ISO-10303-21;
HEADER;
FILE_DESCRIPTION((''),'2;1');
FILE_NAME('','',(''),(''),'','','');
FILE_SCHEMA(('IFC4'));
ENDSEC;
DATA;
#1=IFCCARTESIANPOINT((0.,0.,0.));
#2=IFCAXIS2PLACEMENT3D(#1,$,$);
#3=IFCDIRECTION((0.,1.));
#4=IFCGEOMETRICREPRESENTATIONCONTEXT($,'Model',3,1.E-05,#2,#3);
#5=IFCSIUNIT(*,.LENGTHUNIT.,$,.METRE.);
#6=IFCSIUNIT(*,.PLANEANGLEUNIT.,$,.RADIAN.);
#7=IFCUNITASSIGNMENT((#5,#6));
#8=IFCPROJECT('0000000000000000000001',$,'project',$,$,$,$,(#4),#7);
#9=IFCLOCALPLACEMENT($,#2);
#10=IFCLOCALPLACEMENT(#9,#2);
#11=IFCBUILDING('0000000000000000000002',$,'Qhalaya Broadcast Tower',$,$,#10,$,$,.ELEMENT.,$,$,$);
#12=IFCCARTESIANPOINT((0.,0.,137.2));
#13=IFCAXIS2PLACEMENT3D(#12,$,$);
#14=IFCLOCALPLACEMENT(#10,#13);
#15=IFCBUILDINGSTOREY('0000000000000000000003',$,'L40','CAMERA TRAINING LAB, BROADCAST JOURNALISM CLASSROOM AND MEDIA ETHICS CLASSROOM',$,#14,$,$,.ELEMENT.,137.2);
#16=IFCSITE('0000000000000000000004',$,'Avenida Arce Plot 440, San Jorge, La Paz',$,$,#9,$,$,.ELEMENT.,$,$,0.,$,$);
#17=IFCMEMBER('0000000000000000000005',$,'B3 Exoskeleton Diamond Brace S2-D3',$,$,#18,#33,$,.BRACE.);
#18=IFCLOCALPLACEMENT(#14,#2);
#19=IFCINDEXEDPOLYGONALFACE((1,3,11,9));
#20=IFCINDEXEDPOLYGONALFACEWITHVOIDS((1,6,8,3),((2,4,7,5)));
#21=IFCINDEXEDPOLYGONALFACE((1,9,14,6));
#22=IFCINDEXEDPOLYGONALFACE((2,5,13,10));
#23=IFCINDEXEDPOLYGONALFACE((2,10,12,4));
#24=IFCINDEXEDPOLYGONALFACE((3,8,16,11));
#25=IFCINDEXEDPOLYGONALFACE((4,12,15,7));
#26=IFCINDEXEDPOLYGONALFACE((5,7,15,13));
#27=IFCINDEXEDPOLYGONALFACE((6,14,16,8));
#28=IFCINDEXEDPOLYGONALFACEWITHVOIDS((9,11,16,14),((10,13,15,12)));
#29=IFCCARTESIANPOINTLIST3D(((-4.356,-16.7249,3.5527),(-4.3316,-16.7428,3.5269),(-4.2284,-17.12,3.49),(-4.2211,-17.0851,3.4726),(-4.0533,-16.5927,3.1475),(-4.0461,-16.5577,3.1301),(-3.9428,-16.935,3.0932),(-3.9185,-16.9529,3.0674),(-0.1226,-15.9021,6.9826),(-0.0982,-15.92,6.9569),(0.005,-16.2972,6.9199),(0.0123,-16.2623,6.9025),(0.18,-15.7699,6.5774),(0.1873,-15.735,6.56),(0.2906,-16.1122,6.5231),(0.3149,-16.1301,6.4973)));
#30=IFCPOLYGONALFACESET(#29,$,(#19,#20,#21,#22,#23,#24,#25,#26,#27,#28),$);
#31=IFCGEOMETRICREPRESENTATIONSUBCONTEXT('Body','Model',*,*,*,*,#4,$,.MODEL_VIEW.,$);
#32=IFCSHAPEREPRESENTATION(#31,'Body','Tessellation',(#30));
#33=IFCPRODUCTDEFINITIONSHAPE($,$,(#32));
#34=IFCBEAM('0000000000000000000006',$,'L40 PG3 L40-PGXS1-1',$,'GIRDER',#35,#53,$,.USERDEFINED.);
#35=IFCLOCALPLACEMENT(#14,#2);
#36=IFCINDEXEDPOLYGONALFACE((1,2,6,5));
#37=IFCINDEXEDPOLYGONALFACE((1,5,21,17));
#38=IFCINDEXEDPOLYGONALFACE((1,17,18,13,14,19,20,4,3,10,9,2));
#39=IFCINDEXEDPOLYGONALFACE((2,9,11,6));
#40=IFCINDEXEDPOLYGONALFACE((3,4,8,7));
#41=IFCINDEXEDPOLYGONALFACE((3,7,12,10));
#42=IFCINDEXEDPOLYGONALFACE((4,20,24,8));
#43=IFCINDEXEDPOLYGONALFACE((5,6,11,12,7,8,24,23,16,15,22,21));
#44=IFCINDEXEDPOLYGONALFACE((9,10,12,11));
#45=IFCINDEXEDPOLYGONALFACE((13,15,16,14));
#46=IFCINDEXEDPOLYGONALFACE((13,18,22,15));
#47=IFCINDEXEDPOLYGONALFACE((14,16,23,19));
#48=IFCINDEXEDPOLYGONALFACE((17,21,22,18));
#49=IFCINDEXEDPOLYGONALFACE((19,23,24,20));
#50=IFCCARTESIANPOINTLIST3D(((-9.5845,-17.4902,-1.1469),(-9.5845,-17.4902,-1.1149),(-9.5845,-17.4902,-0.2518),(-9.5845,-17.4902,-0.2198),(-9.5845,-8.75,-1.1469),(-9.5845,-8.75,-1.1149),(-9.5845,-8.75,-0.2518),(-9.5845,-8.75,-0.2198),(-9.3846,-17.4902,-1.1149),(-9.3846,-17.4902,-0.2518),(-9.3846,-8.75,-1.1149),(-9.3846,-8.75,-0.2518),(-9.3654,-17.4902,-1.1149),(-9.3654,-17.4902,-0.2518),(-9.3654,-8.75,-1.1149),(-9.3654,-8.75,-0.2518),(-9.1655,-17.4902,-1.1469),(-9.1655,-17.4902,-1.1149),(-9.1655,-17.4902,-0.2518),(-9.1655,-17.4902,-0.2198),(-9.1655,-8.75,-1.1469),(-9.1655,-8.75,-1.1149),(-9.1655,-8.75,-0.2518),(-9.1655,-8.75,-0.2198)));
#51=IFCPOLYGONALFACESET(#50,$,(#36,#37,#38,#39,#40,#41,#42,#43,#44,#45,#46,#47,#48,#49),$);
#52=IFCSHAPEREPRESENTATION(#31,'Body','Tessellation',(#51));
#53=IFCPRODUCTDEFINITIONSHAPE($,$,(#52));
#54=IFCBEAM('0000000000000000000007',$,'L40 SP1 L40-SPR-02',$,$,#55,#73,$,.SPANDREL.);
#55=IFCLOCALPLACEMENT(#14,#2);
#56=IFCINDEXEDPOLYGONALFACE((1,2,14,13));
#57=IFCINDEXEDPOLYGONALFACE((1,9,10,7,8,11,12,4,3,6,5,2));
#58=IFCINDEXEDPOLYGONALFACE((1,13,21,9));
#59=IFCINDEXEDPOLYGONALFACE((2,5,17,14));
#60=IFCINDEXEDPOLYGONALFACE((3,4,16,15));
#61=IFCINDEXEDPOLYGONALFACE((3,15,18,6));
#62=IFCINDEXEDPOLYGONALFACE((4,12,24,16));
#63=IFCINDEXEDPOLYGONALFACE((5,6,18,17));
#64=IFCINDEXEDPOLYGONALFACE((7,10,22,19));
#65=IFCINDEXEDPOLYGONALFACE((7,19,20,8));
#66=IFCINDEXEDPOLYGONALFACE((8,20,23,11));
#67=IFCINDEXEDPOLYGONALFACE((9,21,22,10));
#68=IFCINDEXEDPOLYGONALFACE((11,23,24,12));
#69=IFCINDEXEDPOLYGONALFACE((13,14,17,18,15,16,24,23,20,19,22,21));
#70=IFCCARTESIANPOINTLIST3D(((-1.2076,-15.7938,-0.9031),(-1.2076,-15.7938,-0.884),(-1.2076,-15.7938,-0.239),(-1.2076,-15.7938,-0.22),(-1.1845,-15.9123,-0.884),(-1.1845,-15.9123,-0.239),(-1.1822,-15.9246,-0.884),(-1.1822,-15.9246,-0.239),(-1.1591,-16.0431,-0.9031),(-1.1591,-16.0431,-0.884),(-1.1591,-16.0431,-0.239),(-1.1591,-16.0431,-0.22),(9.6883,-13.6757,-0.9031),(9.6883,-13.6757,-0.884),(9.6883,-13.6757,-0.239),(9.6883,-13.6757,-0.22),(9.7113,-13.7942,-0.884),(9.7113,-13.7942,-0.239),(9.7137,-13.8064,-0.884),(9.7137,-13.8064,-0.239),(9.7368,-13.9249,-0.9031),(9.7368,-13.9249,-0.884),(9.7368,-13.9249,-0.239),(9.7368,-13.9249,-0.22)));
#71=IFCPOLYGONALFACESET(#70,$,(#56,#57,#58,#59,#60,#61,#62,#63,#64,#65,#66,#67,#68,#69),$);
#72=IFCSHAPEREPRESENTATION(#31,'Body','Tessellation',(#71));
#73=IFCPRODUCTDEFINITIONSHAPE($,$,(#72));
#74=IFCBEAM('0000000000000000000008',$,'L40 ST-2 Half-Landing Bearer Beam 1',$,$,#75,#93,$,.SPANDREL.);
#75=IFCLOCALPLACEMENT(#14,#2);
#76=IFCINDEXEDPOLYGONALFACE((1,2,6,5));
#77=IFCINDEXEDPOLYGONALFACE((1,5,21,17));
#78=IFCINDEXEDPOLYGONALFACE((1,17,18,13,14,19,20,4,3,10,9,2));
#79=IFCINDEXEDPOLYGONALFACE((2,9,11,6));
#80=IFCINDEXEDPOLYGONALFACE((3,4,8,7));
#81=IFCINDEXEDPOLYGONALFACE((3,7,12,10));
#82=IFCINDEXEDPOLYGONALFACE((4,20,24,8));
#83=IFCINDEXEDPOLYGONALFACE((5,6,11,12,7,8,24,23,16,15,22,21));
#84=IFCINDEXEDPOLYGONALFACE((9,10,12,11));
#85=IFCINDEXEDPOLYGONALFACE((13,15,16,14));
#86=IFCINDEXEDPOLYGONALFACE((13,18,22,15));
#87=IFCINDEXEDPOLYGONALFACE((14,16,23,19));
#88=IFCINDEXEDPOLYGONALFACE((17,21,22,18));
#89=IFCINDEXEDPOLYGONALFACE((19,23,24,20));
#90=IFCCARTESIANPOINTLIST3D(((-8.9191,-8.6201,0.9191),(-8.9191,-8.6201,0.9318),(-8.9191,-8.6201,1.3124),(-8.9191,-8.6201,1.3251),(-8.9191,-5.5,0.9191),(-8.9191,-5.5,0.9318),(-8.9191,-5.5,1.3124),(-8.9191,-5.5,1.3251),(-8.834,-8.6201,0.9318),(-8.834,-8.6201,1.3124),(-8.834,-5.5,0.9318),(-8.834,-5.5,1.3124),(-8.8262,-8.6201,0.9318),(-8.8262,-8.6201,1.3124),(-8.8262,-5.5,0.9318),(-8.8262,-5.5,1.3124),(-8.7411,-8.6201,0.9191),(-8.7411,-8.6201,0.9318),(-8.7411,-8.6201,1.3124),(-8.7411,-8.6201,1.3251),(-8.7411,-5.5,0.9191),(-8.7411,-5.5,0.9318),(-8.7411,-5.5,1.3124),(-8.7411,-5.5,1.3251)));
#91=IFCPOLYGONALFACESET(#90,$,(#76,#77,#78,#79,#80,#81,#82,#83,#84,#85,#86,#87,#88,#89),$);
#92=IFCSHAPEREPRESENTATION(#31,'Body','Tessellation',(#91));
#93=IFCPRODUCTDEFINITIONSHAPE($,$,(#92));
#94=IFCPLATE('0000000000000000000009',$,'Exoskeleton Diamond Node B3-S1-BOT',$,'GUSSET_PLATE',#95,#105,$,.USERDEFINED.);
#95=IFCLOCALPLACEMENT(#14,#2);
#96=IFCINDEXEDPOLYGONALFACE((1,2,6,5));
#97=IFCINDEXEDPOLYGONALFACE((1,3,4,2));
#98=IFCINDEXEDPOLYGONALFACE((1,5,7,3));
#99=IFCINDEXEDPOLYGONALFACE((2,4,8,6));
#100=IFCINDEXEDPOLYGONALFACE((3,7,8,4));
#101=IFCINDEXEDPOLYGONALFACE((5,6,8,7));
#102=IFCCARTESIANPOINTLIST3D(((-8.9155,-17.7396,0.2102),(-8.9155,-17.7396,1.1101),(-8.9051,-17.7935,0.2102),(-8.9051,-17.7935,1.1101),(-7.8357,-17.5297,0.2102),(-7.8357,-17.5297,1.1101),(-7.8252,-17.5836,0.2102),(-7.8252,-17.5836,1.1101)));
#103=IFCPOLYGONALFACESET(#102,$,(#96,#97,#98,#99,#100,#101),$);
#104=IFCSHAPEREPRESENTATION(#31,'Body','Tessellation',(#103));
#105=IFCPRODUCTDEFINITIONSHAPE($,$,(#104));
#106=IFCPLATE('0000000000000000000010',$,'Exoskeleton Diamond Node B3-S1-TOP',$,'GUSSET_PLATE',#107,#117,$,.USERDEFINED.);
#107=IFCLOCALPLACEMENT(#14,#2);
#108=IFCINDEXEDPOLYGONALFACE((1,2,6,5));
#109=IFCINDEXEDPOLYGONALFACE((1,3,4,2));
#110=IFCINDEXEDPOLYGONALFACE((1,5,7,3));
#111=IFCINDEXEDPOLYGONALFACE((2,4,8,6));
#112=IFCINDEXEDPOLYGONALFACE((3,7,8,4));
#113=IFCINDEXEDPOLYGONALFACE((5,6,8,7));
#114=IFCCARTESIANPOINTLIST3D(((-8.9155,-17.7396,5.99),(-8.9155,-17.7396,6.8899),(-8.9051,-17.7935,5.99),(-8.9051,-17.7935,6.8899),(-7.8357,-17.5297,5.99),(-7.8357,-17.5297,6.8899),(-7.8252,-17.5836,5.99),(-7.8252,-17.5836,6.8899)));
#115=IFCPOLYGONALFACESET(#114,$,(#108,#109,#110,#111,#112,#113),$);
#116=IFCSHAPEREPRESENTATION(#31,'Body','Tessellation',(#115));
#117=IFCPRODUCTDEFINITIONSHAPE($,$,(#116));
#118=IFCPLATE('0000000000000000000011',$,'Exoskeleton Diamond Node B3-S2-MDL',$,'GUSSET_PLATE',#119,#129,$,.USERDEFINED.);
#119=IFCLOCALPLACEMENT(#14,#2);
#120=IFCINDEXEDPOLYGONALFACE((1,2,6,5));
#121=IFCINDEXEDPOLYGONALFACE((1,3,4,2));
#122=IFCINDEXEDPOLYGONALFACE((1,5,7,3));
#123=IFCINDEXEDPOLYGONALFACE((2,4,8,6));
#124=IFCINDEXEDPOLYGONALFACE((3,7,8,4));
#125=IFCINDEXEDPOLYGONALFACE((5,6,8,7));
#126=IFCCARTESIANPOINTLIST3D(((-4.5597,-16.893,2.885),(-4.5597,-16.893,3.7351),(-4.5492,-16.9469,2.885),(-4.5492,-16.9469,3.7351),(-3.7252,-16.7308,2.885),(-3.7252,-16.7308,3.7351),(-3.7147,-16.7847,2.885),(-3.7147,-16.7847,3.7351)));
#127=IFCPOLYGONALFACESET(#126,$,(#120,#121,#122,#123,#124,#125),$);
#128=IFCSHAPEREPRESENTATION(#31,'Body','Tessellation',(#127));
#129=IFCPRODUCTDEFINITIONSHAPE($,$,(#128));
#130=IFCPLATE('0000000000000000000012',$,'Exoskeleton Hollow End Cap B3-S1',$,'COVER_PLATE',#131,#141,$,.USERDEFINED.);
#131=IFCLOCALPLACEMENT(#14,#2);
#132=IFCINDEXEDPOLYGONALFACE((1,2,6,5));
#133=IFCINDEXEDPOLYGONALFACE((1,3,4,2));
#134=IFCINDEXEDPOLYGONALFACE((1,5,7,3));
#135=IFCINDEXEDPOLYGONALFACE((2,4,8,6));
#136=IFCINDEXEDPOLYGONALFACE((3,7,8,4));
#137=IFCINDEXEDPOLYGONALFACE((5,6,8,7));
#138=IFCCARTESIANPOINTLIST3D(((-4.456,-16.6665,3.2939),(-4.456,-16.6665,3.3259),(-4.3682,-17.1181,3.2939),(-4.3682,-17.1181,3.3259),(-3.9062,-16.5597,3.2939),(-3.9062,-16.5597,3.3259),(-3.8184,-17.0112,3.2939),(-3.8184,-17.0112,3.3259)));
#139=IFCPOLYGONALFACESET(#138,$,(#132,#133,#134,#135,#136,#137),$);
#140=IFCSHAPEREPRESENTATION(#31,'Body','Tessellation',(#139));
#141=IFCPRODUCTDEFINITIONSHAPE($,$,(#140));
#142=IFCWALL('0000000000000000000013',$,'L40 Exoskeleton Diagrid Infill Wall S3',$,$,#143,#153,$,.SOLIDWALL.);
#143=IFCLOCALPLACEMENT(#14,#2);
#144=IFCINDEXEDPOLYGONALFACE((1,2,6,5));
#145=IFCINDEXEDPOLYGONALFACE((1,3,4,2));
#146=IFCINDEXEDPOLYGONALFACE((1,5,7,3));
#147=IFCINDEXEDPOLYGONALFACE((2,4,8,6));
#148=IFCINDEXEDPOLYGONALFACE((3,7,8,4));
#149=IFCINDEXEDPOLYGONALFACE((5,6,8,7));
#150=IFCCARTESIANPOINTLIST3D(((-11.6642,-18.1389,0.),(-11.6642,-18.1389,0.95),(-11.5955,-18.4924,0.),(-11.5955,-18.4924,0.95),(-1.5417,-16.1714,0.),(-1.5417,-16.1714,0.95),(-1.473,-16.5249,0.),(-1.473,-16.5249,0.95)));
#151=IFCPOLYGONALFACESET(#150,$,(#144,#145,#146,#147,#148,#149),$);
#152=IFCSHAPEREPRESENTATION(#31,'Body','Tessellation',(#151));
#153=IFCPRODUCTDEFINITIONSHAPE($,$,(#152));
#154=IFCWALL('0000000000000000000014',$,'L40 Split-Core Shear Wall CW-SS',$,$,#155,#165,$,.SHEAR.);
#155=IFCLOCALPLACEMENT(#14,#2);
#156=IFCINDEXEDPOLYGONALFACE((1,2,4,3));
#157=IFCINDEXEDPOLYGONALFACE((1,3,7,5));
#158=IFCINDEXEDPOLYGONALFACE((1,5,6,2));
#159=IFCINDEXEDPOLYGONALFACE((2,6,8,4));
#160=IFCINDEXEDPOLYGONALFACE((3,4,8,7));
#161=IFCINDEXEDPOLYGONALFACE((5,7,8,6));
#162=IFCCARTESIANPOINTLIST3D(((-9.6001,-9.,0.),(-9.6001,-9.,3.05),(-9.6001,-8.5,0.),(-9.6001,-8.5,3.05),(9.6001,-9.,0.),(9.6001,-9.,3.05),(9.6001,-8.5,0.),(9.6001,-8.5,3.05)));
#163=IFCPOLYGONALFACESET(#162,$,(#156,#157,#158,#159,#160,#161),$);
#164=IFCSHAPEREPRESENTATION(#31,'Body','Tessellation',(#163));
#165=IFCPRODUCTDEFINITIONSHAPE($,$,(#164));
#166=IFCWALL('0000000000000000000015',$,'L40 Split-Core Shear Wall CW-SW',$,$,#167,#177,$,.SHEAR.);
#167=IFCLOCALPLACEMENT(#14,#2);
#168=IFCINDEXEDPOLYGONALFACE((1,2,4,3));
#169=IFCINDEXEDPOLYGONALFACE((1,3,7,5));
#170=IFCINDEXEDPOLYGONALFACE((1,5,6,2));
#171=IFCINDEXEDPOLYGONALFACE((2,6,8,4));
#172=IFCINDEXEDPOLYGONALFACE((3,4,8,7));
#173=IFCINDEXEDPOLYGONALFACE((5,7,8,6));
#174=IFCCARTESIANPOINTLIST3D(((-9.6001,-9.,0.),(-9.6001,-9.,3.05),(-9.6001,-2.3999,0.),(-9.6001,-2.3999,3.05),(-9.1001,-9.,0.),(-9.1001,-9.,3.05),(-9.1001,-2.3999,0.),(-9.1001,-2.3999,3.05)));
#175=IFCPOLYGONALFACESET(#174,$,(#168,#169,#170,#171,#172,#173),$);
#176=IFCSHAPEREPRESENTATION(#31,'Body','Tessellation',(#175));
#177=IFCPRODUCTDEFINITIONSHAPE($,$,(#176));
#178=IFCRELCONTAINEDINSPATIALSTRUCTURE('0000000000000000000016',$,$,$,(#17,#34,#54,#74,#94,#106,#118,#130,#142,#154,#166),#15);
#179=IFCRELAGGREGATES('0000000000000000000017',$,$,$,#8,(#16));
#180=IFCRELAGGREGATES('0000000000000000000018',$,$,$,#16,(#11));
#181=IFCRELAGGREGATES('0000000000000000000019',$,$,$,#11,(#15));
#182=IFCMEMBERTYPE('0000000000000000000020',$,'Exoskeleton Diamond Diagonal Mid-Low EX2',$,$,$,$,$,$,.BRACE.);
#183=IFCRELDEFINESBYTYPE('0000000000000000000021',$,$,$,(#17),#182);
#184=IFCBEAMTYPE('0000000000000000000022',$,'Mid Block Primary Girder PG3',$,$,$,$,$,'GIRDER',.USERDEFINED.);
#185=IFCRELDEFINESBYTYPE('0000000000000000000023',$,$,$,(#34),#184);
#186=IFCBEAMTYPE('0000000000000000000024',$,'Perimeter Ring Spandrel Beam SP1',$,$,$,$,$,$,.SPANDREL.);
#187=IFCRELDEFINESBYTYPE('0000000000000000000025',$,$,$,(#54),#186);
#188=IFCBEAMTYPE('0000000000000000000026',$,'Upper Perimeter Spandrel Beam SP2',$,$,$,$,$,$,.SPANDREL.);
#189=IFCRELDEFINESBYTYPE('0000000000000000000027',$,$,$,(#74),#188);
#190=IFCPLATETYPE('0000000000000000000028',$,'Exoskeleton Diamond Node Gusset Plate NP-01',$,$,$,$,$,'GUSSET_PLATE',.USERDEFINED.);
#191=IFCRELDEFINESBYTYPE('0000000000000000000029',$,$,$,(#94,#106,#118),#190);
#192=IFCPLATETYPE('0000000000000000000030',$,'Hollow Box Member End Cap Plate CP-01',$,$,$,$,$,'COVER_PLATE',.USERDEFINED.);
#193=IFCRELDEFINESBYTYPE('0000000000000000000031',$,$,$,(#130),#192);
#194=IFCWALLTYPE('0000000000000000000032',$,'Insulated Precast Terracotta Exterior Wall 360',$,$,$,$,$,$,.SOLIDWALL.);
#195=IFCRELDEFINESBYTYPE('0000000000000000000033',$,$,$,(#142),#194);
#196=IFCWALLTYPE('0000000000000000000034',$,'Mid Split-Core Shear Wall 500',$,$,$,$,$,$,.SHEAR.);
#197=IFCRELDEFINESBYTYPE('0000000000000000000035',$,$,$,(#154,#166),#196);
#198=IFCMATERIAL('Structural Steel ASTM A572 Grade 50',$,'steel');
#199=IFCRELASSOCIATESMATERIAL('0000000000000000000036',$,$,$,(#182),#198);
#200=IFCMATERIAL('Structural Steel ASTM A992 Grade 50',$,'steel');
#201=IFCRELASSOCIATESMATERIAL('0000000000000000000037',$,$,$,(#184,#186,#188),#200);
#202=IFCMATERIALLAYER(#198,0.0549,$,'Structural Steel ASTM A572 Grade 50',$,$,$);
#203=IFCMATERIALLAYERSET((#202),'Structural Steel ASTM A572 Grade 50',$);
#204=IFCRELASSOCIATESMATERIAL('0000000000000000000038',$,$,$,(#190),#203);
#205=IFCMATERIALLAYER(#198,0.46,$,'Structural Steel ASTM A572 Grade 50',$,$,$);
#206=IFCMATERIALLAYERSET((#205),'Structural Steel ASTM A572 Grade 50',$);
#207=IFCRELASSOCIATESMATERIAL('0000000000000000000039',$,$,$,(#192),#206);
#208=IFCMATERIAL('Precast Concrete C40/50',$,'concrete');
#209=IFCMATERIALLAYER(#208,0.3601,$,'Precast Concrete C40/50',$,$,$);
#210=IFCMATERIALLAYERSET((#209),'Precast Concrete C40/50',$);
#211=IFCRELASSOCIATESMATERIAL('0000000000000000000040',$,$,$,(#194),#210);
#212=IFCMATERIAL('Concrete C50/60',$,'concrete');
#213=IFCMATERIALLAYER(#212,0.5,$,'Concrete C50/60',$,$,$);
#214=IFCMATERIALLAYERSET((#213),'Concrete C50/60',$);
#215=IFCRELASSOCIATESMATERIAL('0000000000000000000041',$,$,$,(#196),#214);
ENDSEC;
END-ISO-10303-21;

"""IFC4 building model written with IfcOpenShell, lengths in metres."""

from ifc_helpers import new_model, si_unit, direction, frame, frame_2d, origin, origin_2d, place, context, subcontext, project, spatial, rectangle, hollow_rectangle, i_section, extrude, material, layer, layer_set, material_profile, profile_set, type_object, element, save


model = new_model("IFC4")

# Units and contexts
model_context = context("Model", 3, precision=1e-05, world=origin(), true_north=direction((0.0, 1.0)))
body_context = subcontext(model_context, "Body", "Model", "MODEL_VIEW")
ifc_project = project(units=[si_unit("LENGTHUNIT", "METRE"), si_unit("PLANEANGLEUNIT", "RADIAN")], contexts=[model_context])

# Site, building, storey
site_placement = place(None, origin())
site = spatial("IfcSite", under=ifc_project, at=site_placement, Name="Avenida Arce Plot 440, San Jorge, La Paz", CompositionType="ELEMENT", RefElevation=0.0)
building_placement = place(site_placement, origin())
building = spatial("IfcBuilding", under=site, at=building_placement, Name="Qhalaya Broadcast Tower", CompositionType="ELEMENT")
storey_placement = place(building_placement, frame((0.0, 0.0, 137.2)))
storey = spatial("IfcBuildingStorey", under=building, at=storey_placement, Name="L40", Description="CAMERA TRAINING LAB, BROADCAST JOURNALISM CLASSROOM AND MEDIA ETHICS CLASSROOM", CompositionType="ELEMENT", Elevation=137.2)

# Shared definitions
ifc_material_1 = material(Name="Concrete C50/60", Category="concrete")
ifc_material_2 = material(Name="Structural Steel ASTM A572 Grade 50", Category="steel")

# Shared definitions
ifc_material_3 = material(Name="Structural Steel ASTM A992 Grade 50", Category="steel")

# Member
ifc_material_profile_1 = material_profile(ifc_material_2, hollow_rectangle(XDim=0.4199, YDim=0.55, WallThickness=0.0281, at=origin_2d()), Name="BOX 420x550x28")
ifc_profile_set_1 = profile_set([ifc_material_profile_1], Name="Structural Steel ASTM A572 Grade 50")
member_type = type_object("IfcMemberType", Name="Exoskeleton Diamond Diagonal Mid-Low EX2", PredefinedType="BRACE", material=ifc_profile_set_1)
member_1_placement = place(storey_placement, frame((-4.1372, -16.8389, 3.3101), z_axis=(0.768275, 0.149313, 0.622462), x_axis=(-0.303864, 0.940939, 0.149337)))
element("IfcMember", 1, at=member_1_placement, inside=storey, type_object=member_type, Name="B3 Exoskeleton Diamond Brace S2-D3", PredefinedType="BRACE", context=body_context, shape_type="SweptSolid", body=[
    extrude(hollow_rectangle(XDim=0.4199, YDim=0.55, WallThickness=0.0281, at=origin_2d()), origin(), (0.0, 0.0, 1.0), 5.5103),
])

# Beams
ifc_material_profile_2 = material_profile(ifc_material_3, i_section(OverallWidth=0.4189, OverallDepth=0.927, WebThickness=0.0193, FlangeThickness=0.032, at=origin_2d()), Name="W36X231")
ifc_profile_set_2 = profile_set([ifc_material_profile_2], Name="Structural Steel ASTM A992 Grade 50")
beam_type_1 = type_object("IfcBeamType", Name="Mid Block Primary Girder PG3", ElementType="GIRDER", PredefinedType="USERDEFINED", material=ifc_profile_set_2)
beam_1_placement = place(storey_placement, frame((-9.375, -17.4902, -0.6833), z_axis=(0.0, 1.0, 0.0), x_axis=(-1.0, 0.0, 0.0)))
element("IfcBeam", 2, at=beam_1_placement, inside=storey, type_object=beam_type_1, Name="L40 PG3 L40-PGXS1-1", ObjectType="GIRDER", PredefinedType="USERDEFINED", context=body_context, shape_type="SweptSolid", body=[
    extrude(i_section(OverallWidth=0.4189, OverallDepth=0.927, WebThickness=0.0193, FlangeThickness=0.032, at=origin_2d()), origin(), (0.0, 0.0, 1.0), 8.7402),
])
ifc_material_profile_3 = material_profile(ifc_material_3, i_section(OverallWidth=0.2539, OverallDepth=0.6831, WebThickness=0.0125, FlangeThickness=0.019, at=origin_2d()), Name="W27X94")
ifc_profile_set_3 = profile_set([ifc_material_profile_3], Name="Structural Steel ASTM A992 Grade 50")
beam_type_2 = type_object("IfcBeamType", Name="Perimeter Ring Spandrel Beam SP1", PredefinedType="SPANDREL", material=ifc_profile_set_3)
beam_2_placement = place(storey_placement, frame((-1.1833, -15.9185, -0.5615), z_axis=(0.981624, 0.190826, 0.0), x_axis=(-0.190826, 0.981624, 0.0)))
element("IfcBeam", 3, at=beam_2_placement, inside=storey, type_object=beam_type_2, Name="L40 SP1 L40-SPR-02", PredefinedType="SPANDREL", context=body_context, shape_type="SweptSolid", body=[
    extrude(i_section(OverallWidth=0.2539, OverallDepth=0.6831, WebThickness=0.0125, FlangeThickness=0.019, at=origin_2d()), origin(), (0.0, 0.0, 1.0), 11.0999),
])
ifc_material_profile_4 = material_profile(ifc_material_3, i_section(OverallWidth=0.178, OverallDepth=0.406, WebThickness=0.0078, FlangeThickness=0.0127, at=origin_2d()), Name="W16X40")
ifc_profile_set_4 = profile_set([ifc_material_profile_4], Name="Structural Steel ASTM A992 Grade 50")
beam_type_3 = type_object("IfcBeamType", Name="Upper Perimeter Spandrel Beam SP2", PredefinedType="SPANDREL", material=ifc_profile_set_4)
beam_3_placement = place(storey_placement, frame((-8.8301, -8.6201, 1.1221), z_axis=(0.0, 1.0, 0.0), x_axis=(-1.0, 0.0, 0.0)))
element("IfcBeam", 4, at=beam_3_placement, inside=storey, type_object=beam_type_3, Name="L40 ST-2 Half-Landing Bearer Beam 1", PredefinedType="SPANDREL", context=body_context, shape_type="SweptSolid", body=[
    extrude(i_section(OverallWidth=0.178, OverallDepth=0.406, WebThickness=0.0078, FlangeThickness=0.0127, at=origin_2d()), origin(), (0.0, 0.0, 1.0), 3.1201),
])

# Plates
ifc_layer_1 = layer(ifc_material_2, 0.0549, Name="Structural Steel ASTM A572 Grade 50")
ifc_layer_set_1 = layer_set([ifc_layer_1], Name="Structural Steel ASTM A572 Grade 50")
plate_type_1 = type_object("IfcPlateType", Name="Exoskeleton Diamond Node Gusset Plate NP-01", ElementType="GUSSET_PLATE", PredefinedType="USERDEFINED", material=ifc_layer_set_1)
for number, where, z_axis, x_axis, name in (
    (5, (-8.3704, -17.6616, 0.2102), (0.0, 0.0, 1.0), (0.981627, 0.190809, 0.0), "Exoskeleton Diamond Node B3-S1-BOT"),
    (6, (-8.3704, -17.6616, 5.99), (0.0, 0.0, 1.0), (0.981627, 0.190809, 0.0), "Exoskeleton Diamond Node B3-S1-TOP"),
):
    element("IfcPlate", number, at=place(storey_placement, frame(where, z_axis=z_axis, x_axis=x_axis)), inside=storey, type_object=plate_type_1, Name=name, ObjectType="GUSSET_PLATE", PredefinedType="USERDEFINED", context=body_context, shape_type="SweptSolid", body=[
        extrude(rectangle(XDim=1.1001, YDim=0.0549, at=origin_2d()), origin(), (0.0, 0.0, 1.0), 0.8999),
    ])
plate_1_placement = place(storey_placement, frame((-4.1372, -16.8389, 2.885), z_axis=(0.0, 0.0, 1.0), x_axis=(0.981627, 0.190809, 0.0)))
element("IfcPlate", 7, at=plate_1_placement, inside=storey, type_object=plate_type_1, Name="Exoskeleton Diamond Node B3-S2-MDL", ObjectType="GUSSET_PLATE", PredefinedType="USERDEFINED", context=body_context, shape_type="SweptSolid", body=[
    extrude(rectangle(XDim=0.8501, YDim=0.0549, at=origin_2d()), origin(), (0.0, 0.0, 1.0), 0.8501),
])
ifc_layer_2 = layer(ifc_material_2, 0.46, Name="Structural Steel ASTM A572 Grade 50")
ifc_layer_set_2 = layer_set([ifc_layer_2], Name="Structural Steel ASTM A572 Grade 50")
plate_type_2 = type_object("IfcPlateType", Name="Hollow Box Member End Cap Plate CP-01", ElementType="COVER_PLATE", PredefinedType="USERDEFINED", material=ifc_layer_set_2)
plate_2_placement = place(storey_placement, frame((-4.1372, -16.8389, 3.2939), z_axis=(0.0, 0.0, 1.0), x_axis=(0.981627, 0.190809, 0.0)))
element("IfcPlate", 8, at=plate_2_placement, inside=storey, type_object=plate_type_2, Name="Exoskeleton Hollow End Cap B3-S1", ObjectType="COVER_PLATE", PredefinedType="USERDEFINED", context=body_context, shape_type="SweptSolid", body=[
    extrude(rectangle(XDim=0.5601, YDim=0.46, at=origin_2d()), origin(), (0.0, 0.0, 1.0), 0.032),
])

# Walls
ifc_material_4 = material(Name="Precast Concrete C40/50", Category="concrete")
ifc_layer_3 = layer(ifc_material_4, 0.3601, Name="Precast Concrete C40/50")
ifc_layer_set_3 = layer_set([ifc_layer_3], Name="Precast Concrete C40/50")
wall_type_1 = type_object("IfcWallType", Name="Insulated Precast Terracotta Exterior Wall 360", PredefinedType="SOLIDWALL", material=ifc_layer_set_3)
wall_1_placement = place(storey_placement, frame((-1.5073, -16.3481, 0.0), z_axis=(0.0, 0.0, 1.0), x_axis=(-0.981629, -0.1908, 0.0)))
element("IfcWall", 9, at=wall_1_placement, inside=storey, type_object=wall_type_1, Name="L40 Exoskeleton Diagrid Infill Wall S3", PredefinedType="SOLIDWALL", context=body_context, shape_type="SweptSolid", body=[
    extrude(rectangle(XDim=10.312, YDim=0.3601, at=frame_2d((5.156, 0.0))), origin(), (0.0, 0.0, 1.0), 0.95),
])
ifc_layer_4 = layer(ifc_material_1, 0.5, Name="Concrete C50/60")
ifc_layer_set_4 = layer_set([ifc_layer_4], Name="Concrete C50/60")
wall_type_2 = type_object("IfcWallType", Name="Mid Split-Core Shear Wall 500", PredefinedType="SHEAR", material=ifc_layer_set_4)
wall_2_placement = place(storey_placement, frame((-9.6001, -8.75, 0.0), z_axis=(0.0, 0.0, 1.0), x_axis=(1.0, 0.0, 0.0)))
element("IfcWall", 10, at=wall_2_placement, inside=storey, type_object=wall_type_2, Name="L40 Split-Core Shear Wall CW-SS", PredefinedType="SHEAR", context=body_context, shape_type="SweptSolid", body=[
    extrude(rectangle(XDim=19.2002, YDim=0.5, at=frame_2d((9.6001, 0.0))), origin(), (0.0, 0.0, 1.0), 3.05),
])
wall_3_placement = place(storey_placement, frame((-9.3501, -9.0, 0.0), z_axis=(0.0, 0.0, 1.0), x_axis=(0.0, 1.0, 0.0)))
element("IfcWall", 11, at=wall_3_placement, inside=storey, type_object=wall_type_2, Name="L40 Split-Core Shear Wall CW-SW", PredefinedType="SHEAR", context=body_context, shape_type="SweptSolid", body=[
    extrude(rectangle(XDim=6.6001, YDim=0.5, at=frame_2d((3.3, 0.0))), origin(), (0.0, 0.0, 1.0), 3.05),
])

save(model, "model.ifc")
